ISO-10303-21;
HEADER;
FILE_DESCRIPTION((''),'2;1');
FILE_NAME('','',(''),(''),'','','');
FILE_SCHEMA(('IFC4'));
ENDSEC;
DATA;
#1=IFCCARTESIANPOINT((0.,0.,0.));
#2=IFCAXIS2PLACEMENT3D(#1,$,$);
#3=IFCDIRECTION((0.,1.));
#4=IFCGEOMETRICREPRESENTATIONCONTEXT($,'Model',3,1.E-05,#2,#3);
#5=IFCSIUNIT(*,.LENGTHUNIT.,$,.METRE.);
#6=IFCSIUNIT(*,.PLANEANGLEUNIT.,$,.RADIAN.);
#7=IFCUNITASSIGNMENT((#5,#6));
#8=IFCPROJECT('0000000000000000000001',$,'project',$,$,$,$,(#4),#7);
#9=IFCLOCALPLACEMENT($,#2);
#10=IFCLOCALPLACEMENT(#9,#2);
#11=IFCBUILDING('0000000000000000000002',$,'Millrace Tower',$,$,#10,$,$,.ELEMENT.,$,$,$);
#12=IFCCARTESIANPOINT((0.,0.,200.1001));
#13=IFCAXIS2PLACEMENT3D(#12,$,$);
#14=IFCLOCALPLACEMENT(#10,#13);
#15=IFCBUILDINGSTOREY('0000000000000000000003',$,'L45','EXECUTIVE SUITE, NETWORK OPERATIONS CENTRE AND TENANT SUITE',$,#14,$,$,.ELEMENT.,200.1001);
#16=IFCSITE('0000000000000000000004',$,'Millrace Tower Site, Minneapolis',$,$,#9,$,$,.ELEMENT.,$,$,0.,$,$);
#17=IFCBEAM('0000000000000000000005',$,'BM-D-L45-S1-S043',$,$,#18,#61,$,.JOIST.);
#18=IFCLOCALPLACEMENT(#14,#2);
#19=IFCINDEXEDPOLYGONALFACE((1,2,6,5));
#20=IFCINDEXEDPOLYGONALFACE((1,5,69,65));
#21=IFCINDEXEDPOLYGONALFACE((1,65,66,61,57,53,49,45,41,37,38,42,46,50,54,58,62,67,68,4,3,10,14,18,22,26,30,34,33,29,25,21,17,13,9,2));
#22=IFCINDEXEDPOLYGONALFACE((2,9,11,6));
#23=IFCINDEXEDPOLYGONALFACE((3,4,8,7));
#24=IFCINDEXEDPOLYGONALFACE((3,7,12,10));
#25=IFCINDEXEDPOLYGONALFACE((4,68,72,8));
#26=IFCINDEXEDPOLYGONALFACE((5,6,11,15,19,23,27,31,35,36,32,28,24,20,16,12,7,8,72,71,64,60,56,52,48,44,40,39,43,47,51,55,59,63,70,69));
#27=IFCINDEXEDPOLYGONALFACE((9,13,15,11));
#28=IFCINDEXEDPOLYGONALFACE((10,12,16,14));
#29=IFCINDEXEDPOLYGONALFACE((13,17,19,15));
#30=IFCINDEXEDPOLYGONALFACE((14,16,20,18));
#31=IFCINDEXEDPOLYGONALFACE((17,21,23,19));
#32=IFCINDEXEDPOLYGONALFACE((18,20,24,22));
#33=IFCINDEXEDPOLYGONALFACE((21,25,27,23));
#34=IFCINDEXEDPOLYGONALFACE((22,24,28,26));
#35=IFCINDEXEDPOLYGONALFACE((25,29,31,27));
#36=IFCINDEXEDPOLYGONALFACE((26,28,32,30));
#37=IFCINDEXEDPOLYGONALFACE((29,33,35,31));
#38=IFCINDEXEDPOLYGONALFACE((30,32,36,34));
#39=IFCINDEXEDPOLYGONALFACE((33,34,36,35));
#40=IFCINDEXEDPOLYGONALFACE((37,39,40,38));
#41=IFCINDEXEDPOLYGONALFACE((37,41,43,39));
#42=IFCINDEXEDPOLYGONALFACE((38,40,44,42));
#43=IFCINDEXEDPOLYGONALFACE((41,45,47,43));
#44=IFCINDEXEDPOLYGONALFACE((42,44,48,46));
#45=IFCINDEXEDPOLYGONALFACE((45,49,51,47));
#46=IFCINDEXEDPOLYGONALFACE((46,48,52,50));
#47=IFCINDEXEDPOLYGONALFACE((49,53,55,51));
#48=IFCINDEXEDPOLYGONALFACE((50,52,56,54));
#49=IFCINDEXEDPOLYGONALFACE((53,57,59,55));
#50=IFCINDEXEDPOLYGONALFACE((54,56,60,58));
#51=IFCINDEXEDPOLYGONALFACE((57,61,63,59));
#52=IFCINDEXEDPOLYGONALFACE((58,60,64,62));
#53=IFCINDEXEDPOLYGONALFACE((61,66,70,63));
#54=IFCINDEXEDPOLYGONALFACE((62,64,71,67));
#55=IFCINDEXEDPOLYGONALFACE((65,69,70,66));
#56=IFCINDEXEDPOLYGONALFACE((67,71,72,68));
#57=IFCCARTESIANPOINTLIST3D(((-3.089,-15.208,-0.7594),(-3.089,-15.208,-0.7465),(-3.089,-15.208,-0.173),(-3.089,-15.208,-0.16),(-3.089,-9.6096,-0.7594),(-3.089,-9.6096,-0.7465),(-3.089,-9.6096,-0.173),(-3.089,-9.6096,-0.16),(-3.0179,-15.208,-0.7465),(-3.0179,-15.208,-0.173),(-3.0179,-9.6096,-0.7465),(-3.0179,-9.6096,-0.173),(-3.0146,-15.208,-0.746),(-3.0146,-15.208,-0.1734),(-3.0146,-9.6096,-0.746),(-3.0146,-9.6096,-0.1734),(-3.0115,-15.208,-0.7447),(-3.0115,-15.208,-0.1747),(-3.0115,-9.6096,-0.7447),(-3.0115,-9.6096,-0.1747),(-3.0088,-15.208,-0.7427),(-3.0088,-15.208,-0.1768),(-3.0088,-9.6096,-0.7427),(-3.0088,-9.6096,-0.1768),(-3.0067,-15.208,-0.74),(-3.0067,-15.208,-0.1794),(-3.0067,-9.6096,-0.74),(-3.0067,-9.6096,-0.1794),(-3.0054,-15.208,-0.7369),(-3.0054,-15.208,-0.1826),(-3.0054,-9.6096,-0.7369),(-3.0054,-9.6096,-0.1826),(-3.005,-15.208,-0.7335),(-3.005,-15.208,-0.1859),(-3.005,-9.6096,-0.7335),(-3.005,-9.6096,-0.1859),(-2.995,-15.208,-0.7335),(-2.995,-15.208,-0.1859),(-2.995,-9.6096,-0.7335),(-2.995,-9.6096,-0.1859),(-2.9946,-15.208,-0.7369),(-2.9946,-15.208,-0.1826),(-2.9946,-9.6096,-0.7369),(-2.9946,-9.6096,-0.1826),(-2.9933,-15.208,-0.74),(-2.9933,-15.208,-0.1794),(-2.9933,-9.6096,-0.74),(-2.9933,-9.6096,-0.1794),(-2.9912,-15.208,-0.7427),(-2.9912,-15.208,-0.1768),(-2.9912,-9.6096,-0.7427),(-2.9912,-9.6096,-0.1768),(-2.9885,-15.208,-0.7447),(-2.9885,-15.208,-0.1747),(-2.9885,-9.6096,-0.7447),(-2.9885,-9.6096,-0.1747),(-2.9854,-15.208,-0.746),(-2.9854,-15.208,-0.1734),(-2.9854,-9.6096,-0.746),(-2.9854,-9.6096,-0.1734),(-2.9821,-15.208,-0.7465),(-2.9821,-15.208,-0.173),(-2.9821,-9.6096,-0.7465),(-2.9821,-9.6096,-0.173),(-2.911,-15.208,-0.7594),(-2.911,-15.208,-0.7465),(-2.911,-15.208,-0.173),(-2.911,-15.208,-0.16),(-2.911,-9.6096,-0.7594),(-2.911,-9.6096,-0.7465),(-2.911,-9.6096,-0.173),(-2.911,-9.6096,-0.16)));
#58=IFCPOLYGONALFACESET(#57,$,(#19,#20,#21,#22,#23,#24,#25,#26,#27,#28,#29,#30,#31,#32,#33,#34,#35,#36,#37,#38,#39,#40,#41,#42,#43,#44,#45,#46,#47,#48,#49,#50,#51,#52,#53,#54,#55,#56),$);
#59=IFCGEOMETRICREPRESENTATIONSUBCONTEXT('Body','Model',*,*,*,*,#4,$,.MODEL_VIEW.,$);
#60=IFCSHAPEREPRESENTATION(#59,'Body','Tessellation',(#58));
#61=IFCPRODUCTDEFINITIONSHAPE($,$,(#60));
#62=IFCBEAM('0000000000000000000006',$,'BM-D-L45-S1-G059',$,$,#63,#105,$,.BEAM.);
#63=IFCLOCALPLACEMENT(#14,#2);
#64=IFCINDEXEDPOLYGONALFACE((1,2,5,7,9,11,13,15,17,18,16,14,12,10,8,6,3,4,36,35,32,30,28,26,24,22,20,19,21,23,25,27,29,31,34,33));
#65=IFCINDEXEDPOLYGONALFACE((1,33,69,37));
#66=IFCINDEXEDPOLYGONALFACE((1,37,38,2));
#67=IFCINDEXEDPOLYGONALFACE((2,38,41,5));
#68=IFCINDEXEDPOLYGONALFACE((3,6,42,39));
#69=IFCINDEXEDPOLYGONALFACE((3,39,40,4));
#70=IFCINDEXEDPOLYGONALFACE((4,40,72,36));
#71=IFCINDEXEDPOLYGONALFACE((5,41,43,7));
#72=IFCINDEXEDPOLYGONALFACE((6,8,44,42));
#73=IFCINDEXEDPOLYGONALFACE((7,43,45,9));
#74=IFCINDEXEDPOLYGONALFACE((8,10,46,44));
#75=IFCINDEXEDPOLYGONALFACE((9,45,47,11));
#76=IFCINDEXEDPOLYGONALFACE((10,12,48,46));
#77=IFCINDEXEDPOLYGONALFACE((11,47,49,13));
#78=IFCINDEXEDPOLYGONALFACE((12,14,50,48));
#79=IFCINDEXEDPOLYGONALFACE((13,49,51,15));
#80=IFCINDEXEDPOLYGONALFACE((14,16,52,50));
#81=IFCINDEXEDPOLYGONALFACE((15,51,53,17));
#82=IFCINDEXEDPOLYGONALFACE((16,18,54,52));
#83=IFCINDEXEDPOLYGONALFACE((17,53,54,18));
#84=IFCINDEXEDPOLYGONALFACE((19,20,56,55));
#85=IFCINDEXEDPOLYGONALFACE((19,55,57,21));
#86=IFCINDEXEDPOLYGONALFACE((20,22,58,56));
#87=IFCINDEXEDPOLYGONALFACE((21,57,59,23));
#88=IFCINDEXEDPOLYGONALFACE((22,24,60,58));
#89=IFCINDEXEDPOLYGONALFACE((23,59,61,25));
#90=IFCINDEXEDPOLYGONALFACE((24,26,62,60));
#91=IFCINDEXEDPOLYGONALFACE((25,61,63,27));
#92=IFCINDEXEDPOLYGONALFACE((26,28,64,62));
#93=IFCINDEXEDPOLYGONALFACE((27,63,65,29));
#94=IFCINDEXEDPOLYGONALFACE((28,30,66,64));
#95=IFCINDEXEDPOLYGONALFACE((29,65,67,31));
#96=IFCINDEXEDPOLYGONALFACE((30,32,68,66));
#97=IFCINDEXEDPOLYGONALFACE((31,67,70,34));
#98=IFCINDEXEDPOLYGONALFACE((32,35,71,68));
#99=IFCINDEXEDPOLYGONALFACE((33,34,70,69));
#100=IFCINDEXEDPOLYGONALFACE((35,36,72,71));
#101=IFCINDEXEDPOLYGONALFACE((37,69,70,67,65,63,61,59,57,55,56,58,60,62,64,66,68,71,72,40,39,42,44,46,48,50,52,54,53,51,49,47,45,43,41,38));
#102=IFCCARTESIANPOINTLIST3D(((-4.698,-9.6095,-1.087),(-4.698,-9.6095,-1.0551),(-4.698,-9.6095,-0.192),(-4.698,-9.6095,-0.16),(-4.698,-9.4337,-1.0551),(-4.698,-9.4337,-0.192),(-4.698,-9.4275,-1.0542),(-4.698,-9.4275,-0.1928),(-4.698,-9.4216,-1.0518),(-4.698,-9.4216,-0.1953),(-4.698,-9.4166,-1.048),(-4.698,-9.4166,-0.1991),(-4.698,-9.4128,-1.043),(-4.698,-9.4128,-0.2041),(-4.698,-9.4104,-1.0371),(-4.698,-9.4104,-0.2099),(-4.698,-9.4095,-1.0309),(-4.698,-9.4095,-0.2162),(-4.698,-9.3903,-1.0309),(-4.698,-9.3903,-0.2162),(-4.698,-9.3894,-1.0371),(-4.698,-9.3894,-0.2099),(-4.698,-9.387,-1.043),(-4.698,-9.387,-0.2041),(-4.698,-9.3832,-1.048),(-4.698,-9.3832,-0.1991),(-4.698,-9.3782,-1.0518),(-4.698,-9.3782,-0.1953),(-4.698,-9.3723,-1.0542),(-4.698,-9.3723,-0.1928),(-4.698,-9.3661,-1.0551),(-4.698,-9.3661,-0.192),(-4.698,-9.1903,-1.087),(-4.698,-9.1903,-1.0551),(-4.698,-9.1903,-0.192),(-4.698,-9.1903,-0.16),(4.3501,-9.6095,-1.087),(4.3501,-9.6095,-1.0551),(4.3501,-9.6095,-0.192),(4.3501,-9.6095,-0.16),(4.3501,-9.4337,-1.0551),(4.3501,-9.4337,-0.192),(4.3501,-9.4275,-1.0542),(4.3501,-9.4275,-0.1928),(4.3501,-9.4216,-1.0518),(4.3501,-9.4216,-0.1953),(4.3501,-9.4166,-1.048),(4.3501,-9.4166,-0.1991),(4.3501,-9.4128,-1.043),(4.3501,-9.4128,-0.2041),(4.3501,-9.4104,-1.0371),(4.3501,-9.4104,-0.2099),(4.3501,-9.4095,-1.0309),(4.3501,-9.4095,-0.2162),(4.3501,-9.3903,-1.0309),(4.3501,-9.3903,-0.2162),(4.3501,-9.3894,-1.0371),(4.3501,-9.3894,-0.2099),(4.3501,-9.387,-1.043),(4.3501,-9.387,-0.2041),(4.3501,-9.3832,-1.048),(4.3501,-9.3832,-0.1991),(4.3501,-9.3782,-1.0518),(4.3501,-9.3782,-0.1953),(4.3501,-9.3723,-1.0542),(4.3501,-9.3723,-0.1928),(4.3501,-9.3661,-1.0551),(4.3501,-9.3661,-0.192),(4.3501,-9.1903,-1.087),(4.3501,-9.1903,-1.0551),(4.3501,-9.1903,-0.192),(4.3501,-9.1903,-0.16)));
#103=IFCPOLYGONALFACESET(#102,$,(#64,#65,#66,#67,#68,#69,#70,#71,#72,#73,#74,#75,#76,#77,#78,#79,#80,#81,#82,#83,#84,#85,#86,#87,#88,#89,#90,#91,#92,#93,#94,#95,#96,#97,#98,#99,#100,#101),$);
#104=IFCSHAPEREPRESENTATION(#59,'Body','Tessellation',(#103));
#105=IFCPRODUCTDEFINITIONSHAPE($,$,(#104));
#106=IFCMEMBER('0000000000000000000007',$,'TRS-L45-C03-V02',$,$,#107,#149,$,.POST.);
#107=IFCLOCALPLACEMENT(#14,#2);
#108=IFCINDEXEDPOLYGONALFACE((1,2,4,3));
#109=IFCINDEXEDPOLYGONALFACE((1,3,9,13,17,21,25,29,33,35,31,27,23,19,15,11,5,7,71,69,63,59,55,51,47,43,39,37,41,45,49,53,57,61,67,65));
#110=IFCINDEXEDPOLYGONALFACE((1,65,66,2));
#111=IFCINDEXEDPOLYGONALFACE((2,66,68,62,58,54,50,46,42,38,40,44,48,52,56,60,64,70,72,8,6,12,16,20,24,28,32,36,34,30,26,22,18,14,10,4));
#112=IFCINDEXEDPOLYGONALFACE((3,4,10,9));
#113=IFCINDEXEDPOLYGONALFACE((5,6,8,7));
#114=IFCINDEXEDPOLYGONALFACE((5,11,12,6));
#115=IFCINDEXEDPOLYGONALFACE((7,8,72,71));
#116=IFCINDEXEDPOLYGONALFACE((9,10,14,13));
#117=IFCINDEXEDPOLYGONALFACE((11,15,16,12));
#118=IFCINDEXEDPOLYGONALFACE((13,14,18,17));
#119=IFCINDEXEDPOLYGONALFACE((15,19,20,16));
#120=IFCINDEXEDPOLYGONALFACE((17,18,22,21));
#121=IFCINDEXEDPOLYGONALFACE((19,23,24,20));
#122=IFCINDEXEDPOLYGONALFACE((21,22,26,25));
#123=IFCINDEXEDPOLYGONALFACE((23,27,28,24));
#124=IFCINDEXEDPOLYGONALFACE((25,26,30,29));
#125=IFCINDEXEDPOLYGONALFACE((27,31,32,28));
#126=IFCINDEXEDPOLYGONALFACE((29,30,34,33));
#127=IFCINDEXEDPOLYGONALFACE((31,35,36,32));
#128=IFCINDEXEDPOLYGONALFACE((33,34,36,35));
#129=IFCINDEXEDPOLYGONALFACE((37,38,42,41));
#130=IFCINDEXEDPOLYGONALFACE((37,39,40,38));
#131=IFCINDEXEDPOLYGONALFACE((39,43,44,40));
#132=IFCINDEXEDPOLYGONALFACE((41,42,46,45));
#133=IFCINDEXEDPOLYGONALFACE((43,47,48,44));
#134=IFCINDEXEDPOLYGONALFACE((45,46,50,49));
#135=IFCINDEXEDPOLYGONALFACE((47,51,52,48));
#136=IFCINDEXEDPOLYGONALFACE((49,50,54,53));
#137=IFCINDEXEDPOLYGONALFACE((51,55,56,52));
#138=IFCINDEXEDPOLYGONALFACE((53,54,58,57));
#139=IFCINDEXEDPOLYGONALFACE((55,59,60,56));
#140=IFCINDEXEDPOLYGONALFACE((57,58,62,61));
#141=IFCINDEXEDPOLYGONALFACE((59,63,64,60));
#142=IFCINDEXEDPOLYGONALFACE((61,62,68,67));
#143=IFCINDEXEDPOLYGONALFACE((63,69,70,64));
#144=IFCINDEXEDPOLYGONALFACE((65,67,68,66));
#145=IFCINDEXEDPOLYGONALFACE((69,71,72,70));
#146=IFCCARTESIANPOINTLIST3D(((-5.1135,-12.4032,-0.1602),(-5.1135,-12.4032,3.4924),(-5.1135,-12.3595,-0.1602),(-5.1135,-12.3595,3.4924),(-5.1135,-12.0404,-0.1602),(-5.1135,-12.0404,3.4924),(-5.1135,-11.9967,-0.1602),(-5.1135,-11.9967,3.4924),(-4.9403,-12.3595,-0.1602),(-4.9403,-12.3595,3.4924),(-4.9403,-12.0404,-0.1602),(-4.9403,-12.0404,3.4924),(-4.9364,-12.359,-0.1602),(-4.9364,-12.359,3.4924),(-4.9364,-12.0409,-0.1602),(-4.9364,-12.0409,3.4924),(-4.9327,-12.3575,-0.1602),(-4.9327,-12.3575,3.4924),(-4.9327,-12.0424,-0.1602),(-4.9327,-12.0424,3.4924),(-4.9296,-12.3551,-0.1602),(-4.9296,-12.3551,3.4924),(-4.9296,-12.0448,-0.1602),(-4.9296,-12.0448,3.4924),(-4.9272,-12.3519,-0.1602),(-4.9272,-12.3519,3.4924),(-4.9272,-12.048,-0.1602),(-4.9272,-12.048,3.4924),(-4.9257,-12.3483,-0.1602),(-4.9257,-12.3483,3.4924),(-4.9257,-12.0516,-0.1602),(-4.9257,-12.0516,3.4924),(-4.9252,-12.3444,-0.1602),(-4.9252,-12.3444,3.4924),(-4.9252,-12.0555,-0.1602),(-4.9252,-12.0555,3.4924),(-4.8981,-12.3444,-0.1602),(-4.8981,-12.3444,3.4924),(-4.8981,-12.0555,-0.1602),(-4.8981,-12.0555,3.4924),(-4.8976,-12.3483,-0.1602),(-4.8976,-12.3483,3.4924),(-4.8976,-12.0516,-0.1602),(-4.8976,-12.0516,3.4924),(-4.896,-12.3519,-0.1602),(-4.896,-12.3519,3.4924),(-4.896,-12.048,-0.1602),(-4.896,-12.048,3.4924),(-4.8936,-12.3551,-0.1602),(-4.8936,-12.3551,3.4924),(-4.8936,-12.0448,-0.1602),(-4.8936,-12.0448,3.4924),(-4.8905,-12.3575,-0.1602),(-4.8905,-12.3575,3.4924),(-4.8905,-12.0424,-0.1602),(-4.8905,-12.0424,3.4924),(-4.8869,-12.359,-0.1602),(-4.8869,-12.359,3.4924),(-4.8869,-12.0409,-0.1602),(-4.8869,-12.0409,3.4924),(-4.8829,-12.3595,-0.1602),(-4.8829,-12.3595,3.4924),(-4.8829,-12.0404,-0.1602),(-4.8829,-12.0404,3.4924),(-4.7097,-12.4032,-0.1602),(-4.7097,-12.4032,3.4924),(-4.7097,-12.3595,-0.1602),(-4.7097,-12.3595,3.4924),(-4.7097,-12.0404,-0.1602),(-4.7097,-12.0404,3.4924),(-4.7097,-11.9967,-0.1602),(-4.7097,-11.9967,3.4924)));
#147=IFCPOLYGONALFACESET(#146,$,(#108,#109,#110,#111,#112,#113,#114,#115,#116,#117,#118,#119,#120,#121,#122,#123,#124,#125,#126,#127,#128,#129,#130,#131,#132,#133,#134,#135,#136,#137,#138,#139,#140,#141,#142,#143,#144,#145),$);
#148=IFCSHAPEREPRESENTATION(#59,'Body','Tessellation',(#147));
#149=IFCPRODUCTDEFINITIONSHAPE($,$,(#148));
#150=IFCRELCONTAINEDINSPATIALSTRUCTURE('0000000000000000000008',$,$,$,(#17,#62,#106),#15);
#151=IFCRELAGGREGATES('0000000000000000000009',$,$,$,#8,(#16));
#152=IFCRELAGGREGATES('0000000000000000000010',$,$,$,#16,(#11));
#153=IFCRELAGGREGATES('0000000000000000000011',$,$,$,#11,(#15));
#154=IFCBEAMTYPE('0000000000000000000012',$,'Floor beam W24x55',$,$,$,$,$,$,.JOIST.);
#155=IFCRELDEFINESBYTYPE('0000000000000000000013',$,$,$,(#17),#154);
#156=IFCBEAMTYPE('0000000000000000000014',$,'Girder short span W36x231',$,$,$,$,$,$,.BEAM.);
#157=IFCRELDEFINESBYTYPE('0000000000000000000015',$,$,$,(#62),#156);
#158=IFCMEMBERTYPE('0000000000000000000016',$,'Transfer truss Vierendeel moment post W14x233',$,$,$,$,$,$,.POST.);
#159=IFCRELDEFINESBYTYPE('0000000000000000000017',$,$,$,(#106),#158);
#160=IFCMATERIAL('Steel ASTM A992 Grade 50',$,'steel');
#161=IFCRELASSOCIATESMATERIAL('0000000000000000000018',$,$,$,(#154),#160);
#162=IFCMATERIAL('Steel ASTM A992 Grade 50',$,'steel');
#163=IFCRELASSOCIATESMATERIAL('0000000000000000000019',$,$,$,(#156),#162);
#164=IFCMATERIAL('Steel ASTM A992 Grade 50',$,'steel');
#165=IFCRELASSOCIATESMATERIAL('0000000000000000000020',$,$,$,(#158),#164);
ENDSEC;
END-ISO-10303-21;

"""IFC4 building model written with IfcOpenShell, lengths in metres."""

from ifc_helpers import new_model, si_unit, direction, frame, origin, origin_2d, place, context, subcontext, project, spatial, i_section, extrude, material, material_profile, profile_set, type_object, element, save


model = new_model("IFC4")

# Units and contexts
model_context = context("Model", 3, precision=1e-05, world=origin(), true_north=direction((0.0, 1.0)))
body_context = subcontext(model_context, "Body", "Model", "MODEL_VIEW")
ifc_project = project(units=[si_unit("LENGTHUNIT", "METRE"), si_unit("PLANEANGLEUNIT", "RADIAN")], contexts=[model_context])

# Site, building, storey
site_placement = place(None, origin())
site = spatial("IfcSite", under=ifc_project, at=site_placement, Name="Millrace Tower Site, Minneapolis", CompositionType="ELEMENT", RefElevation=0.0)
building_placement = place(site_placement, origin())
building = spatial("IfcBuilding", under=site, at=building_placement, Name="Millrace Tower", CompositionType="ELEMENT")
storey_placement = place(building_placement, frame((0.0, 0.0, 200.1001)))
storey = spatial("IfcBuildingStorey", under=building, at=storey_placement, Name="L45", Description="EXECUTIVE SUITE, NETWORK OPERATIONS CENTRE AND TENANT SUITE", CompositionType="ELEMENT", Elevation=200.1001)

# Beams
ifc_material_1 = material(Name="Steel ASTM A992 Grade 50", Category="steel")
ifc_material_profile_1 = material_profile(ifc_material_1, i_section(OverallWidth=0.178, OverallDepth=0.5994, WebThickness=0.01, FlangeThickness=0.0129, FilletRadius=0.0129, at=origin_2d()))
ifc_profile_set_1 = profile_set([ifc_material_profile_1], Name="Steel ASTM A992 Grade 50")
beam_type_1 = type_object("IfcBeamType", Name="Floor beam W24x55", PredefinedType="JOIST", material=ifc_profile_set_1)
beam_1_placement = place(storey_placement, frame((-3.0, -15.208, -0.4597), z_axis=(0.0, 1.0, 0.0), x_axis=(-1.0, 0.0, 0.0)))
element("IfcBeam", 1, at=beam_1_placement, inside=storey, type_object=beam_type_1, Name="BM-D-L45-S1-S043", PredefinedType="JOIST", context=body_context, shape_type="SweptSolid", body=[
    extrude(i_section(OverallWidth=0.178, OverallDepth=0.5994, WebThickness=0.01, FlangeThickness=0.0129, FilletRadius=0.0129, at=origin_2d()), origin(), (0.0, 0.0, 1.0), 5.5984),
])
ifc_material_2 = material(Name="Steel ASTM A992 Grade 50", Category="steel")
ifc_material_profile_2 = material_profile(ifc_material_2, i_section(OverallWidth=0.4192, OverallDepth=0.927, WebThickness=0.0193, FlangeThickness=0.032, FilletRadius=0.0242, at=origin_2d()))
ifc_profile_set_2 = profile_set([ifc_material_profile_2], Name="Steel ASTM A992 Grade 50")
beam_type_2 = type_object("IfcBeamType", Name="Girder short span W36x231", PredefinedType="BEAM", material=ifc_profile_set_2)
beam_2_placement = place(storey_placement, frame((-4.698, -9.3999, -0.6235), z_axis=(1.0, 0.0, 0.0), x_axis=(0.0, 1.0, 0.0)))
element("IfcBeam", 2, at=beam_2_placement, inside=storey, type_object=beam_type_2, Name="BM-D-L45-S1-G059", PredefinedType="BEAM", context=body_context, shape_type="SweptSolid", body=[
    extrude(i_section(OverallWidth=0.4192, OverallDepth=0.927, WebThickness=0.0193, FlangeThickness=0.032, FilletRadius=0.0242, at=origin_2d()), origin(), (0.0, 0.0, 1.0), 9.0481),
])

# Member
ifc_material_3 = material(Name="Steel ASTM A992 Grade 50", Category="steel")
ifc_material_profile_3 = material_profile(ifc_material_3, i_section(OverallWidth=0.4038, OverallDepth=0.4065, WebThickness=0.0271, FlangeThickness=0.0437, FilletRadius=0.0151, at=origin_2d()))
ifc_profile_set_3 = profile_set([ifc_material_profile_3], Name="Steel ASTM A992 Grade 50")
member_type = type_object("IfcMemberType", Name="Transfer truss Vierendeel moment post W14x233", PredefinedType="POST", material=ifc_profile_set_3)
member_placement = place(storey_placement, frame((-4.9116, -12.2, -0.1602), z_axis=(0.0, 0.0, 1.0), x_axis=(1.0, 0.0, 0.0)))
element("IfcMember", 3, at=member_placement, inside=storey, type_object=member_type, Name="TRS-L45-C03-V02", PredefinedType="POST", context=body_context, shape_type="SweptSolid", body=[
    extrude(i_section(OverallWidth=0.4038, OverallDepth=0.4065, WebThickness=0.0271, FlangeThickness=0.0437, FilletRadius=0.0151, at=origin_2d()), origin(), (0.0, 0.0, 1.0), 3.6526),
])

save(model, "model.ifc")
